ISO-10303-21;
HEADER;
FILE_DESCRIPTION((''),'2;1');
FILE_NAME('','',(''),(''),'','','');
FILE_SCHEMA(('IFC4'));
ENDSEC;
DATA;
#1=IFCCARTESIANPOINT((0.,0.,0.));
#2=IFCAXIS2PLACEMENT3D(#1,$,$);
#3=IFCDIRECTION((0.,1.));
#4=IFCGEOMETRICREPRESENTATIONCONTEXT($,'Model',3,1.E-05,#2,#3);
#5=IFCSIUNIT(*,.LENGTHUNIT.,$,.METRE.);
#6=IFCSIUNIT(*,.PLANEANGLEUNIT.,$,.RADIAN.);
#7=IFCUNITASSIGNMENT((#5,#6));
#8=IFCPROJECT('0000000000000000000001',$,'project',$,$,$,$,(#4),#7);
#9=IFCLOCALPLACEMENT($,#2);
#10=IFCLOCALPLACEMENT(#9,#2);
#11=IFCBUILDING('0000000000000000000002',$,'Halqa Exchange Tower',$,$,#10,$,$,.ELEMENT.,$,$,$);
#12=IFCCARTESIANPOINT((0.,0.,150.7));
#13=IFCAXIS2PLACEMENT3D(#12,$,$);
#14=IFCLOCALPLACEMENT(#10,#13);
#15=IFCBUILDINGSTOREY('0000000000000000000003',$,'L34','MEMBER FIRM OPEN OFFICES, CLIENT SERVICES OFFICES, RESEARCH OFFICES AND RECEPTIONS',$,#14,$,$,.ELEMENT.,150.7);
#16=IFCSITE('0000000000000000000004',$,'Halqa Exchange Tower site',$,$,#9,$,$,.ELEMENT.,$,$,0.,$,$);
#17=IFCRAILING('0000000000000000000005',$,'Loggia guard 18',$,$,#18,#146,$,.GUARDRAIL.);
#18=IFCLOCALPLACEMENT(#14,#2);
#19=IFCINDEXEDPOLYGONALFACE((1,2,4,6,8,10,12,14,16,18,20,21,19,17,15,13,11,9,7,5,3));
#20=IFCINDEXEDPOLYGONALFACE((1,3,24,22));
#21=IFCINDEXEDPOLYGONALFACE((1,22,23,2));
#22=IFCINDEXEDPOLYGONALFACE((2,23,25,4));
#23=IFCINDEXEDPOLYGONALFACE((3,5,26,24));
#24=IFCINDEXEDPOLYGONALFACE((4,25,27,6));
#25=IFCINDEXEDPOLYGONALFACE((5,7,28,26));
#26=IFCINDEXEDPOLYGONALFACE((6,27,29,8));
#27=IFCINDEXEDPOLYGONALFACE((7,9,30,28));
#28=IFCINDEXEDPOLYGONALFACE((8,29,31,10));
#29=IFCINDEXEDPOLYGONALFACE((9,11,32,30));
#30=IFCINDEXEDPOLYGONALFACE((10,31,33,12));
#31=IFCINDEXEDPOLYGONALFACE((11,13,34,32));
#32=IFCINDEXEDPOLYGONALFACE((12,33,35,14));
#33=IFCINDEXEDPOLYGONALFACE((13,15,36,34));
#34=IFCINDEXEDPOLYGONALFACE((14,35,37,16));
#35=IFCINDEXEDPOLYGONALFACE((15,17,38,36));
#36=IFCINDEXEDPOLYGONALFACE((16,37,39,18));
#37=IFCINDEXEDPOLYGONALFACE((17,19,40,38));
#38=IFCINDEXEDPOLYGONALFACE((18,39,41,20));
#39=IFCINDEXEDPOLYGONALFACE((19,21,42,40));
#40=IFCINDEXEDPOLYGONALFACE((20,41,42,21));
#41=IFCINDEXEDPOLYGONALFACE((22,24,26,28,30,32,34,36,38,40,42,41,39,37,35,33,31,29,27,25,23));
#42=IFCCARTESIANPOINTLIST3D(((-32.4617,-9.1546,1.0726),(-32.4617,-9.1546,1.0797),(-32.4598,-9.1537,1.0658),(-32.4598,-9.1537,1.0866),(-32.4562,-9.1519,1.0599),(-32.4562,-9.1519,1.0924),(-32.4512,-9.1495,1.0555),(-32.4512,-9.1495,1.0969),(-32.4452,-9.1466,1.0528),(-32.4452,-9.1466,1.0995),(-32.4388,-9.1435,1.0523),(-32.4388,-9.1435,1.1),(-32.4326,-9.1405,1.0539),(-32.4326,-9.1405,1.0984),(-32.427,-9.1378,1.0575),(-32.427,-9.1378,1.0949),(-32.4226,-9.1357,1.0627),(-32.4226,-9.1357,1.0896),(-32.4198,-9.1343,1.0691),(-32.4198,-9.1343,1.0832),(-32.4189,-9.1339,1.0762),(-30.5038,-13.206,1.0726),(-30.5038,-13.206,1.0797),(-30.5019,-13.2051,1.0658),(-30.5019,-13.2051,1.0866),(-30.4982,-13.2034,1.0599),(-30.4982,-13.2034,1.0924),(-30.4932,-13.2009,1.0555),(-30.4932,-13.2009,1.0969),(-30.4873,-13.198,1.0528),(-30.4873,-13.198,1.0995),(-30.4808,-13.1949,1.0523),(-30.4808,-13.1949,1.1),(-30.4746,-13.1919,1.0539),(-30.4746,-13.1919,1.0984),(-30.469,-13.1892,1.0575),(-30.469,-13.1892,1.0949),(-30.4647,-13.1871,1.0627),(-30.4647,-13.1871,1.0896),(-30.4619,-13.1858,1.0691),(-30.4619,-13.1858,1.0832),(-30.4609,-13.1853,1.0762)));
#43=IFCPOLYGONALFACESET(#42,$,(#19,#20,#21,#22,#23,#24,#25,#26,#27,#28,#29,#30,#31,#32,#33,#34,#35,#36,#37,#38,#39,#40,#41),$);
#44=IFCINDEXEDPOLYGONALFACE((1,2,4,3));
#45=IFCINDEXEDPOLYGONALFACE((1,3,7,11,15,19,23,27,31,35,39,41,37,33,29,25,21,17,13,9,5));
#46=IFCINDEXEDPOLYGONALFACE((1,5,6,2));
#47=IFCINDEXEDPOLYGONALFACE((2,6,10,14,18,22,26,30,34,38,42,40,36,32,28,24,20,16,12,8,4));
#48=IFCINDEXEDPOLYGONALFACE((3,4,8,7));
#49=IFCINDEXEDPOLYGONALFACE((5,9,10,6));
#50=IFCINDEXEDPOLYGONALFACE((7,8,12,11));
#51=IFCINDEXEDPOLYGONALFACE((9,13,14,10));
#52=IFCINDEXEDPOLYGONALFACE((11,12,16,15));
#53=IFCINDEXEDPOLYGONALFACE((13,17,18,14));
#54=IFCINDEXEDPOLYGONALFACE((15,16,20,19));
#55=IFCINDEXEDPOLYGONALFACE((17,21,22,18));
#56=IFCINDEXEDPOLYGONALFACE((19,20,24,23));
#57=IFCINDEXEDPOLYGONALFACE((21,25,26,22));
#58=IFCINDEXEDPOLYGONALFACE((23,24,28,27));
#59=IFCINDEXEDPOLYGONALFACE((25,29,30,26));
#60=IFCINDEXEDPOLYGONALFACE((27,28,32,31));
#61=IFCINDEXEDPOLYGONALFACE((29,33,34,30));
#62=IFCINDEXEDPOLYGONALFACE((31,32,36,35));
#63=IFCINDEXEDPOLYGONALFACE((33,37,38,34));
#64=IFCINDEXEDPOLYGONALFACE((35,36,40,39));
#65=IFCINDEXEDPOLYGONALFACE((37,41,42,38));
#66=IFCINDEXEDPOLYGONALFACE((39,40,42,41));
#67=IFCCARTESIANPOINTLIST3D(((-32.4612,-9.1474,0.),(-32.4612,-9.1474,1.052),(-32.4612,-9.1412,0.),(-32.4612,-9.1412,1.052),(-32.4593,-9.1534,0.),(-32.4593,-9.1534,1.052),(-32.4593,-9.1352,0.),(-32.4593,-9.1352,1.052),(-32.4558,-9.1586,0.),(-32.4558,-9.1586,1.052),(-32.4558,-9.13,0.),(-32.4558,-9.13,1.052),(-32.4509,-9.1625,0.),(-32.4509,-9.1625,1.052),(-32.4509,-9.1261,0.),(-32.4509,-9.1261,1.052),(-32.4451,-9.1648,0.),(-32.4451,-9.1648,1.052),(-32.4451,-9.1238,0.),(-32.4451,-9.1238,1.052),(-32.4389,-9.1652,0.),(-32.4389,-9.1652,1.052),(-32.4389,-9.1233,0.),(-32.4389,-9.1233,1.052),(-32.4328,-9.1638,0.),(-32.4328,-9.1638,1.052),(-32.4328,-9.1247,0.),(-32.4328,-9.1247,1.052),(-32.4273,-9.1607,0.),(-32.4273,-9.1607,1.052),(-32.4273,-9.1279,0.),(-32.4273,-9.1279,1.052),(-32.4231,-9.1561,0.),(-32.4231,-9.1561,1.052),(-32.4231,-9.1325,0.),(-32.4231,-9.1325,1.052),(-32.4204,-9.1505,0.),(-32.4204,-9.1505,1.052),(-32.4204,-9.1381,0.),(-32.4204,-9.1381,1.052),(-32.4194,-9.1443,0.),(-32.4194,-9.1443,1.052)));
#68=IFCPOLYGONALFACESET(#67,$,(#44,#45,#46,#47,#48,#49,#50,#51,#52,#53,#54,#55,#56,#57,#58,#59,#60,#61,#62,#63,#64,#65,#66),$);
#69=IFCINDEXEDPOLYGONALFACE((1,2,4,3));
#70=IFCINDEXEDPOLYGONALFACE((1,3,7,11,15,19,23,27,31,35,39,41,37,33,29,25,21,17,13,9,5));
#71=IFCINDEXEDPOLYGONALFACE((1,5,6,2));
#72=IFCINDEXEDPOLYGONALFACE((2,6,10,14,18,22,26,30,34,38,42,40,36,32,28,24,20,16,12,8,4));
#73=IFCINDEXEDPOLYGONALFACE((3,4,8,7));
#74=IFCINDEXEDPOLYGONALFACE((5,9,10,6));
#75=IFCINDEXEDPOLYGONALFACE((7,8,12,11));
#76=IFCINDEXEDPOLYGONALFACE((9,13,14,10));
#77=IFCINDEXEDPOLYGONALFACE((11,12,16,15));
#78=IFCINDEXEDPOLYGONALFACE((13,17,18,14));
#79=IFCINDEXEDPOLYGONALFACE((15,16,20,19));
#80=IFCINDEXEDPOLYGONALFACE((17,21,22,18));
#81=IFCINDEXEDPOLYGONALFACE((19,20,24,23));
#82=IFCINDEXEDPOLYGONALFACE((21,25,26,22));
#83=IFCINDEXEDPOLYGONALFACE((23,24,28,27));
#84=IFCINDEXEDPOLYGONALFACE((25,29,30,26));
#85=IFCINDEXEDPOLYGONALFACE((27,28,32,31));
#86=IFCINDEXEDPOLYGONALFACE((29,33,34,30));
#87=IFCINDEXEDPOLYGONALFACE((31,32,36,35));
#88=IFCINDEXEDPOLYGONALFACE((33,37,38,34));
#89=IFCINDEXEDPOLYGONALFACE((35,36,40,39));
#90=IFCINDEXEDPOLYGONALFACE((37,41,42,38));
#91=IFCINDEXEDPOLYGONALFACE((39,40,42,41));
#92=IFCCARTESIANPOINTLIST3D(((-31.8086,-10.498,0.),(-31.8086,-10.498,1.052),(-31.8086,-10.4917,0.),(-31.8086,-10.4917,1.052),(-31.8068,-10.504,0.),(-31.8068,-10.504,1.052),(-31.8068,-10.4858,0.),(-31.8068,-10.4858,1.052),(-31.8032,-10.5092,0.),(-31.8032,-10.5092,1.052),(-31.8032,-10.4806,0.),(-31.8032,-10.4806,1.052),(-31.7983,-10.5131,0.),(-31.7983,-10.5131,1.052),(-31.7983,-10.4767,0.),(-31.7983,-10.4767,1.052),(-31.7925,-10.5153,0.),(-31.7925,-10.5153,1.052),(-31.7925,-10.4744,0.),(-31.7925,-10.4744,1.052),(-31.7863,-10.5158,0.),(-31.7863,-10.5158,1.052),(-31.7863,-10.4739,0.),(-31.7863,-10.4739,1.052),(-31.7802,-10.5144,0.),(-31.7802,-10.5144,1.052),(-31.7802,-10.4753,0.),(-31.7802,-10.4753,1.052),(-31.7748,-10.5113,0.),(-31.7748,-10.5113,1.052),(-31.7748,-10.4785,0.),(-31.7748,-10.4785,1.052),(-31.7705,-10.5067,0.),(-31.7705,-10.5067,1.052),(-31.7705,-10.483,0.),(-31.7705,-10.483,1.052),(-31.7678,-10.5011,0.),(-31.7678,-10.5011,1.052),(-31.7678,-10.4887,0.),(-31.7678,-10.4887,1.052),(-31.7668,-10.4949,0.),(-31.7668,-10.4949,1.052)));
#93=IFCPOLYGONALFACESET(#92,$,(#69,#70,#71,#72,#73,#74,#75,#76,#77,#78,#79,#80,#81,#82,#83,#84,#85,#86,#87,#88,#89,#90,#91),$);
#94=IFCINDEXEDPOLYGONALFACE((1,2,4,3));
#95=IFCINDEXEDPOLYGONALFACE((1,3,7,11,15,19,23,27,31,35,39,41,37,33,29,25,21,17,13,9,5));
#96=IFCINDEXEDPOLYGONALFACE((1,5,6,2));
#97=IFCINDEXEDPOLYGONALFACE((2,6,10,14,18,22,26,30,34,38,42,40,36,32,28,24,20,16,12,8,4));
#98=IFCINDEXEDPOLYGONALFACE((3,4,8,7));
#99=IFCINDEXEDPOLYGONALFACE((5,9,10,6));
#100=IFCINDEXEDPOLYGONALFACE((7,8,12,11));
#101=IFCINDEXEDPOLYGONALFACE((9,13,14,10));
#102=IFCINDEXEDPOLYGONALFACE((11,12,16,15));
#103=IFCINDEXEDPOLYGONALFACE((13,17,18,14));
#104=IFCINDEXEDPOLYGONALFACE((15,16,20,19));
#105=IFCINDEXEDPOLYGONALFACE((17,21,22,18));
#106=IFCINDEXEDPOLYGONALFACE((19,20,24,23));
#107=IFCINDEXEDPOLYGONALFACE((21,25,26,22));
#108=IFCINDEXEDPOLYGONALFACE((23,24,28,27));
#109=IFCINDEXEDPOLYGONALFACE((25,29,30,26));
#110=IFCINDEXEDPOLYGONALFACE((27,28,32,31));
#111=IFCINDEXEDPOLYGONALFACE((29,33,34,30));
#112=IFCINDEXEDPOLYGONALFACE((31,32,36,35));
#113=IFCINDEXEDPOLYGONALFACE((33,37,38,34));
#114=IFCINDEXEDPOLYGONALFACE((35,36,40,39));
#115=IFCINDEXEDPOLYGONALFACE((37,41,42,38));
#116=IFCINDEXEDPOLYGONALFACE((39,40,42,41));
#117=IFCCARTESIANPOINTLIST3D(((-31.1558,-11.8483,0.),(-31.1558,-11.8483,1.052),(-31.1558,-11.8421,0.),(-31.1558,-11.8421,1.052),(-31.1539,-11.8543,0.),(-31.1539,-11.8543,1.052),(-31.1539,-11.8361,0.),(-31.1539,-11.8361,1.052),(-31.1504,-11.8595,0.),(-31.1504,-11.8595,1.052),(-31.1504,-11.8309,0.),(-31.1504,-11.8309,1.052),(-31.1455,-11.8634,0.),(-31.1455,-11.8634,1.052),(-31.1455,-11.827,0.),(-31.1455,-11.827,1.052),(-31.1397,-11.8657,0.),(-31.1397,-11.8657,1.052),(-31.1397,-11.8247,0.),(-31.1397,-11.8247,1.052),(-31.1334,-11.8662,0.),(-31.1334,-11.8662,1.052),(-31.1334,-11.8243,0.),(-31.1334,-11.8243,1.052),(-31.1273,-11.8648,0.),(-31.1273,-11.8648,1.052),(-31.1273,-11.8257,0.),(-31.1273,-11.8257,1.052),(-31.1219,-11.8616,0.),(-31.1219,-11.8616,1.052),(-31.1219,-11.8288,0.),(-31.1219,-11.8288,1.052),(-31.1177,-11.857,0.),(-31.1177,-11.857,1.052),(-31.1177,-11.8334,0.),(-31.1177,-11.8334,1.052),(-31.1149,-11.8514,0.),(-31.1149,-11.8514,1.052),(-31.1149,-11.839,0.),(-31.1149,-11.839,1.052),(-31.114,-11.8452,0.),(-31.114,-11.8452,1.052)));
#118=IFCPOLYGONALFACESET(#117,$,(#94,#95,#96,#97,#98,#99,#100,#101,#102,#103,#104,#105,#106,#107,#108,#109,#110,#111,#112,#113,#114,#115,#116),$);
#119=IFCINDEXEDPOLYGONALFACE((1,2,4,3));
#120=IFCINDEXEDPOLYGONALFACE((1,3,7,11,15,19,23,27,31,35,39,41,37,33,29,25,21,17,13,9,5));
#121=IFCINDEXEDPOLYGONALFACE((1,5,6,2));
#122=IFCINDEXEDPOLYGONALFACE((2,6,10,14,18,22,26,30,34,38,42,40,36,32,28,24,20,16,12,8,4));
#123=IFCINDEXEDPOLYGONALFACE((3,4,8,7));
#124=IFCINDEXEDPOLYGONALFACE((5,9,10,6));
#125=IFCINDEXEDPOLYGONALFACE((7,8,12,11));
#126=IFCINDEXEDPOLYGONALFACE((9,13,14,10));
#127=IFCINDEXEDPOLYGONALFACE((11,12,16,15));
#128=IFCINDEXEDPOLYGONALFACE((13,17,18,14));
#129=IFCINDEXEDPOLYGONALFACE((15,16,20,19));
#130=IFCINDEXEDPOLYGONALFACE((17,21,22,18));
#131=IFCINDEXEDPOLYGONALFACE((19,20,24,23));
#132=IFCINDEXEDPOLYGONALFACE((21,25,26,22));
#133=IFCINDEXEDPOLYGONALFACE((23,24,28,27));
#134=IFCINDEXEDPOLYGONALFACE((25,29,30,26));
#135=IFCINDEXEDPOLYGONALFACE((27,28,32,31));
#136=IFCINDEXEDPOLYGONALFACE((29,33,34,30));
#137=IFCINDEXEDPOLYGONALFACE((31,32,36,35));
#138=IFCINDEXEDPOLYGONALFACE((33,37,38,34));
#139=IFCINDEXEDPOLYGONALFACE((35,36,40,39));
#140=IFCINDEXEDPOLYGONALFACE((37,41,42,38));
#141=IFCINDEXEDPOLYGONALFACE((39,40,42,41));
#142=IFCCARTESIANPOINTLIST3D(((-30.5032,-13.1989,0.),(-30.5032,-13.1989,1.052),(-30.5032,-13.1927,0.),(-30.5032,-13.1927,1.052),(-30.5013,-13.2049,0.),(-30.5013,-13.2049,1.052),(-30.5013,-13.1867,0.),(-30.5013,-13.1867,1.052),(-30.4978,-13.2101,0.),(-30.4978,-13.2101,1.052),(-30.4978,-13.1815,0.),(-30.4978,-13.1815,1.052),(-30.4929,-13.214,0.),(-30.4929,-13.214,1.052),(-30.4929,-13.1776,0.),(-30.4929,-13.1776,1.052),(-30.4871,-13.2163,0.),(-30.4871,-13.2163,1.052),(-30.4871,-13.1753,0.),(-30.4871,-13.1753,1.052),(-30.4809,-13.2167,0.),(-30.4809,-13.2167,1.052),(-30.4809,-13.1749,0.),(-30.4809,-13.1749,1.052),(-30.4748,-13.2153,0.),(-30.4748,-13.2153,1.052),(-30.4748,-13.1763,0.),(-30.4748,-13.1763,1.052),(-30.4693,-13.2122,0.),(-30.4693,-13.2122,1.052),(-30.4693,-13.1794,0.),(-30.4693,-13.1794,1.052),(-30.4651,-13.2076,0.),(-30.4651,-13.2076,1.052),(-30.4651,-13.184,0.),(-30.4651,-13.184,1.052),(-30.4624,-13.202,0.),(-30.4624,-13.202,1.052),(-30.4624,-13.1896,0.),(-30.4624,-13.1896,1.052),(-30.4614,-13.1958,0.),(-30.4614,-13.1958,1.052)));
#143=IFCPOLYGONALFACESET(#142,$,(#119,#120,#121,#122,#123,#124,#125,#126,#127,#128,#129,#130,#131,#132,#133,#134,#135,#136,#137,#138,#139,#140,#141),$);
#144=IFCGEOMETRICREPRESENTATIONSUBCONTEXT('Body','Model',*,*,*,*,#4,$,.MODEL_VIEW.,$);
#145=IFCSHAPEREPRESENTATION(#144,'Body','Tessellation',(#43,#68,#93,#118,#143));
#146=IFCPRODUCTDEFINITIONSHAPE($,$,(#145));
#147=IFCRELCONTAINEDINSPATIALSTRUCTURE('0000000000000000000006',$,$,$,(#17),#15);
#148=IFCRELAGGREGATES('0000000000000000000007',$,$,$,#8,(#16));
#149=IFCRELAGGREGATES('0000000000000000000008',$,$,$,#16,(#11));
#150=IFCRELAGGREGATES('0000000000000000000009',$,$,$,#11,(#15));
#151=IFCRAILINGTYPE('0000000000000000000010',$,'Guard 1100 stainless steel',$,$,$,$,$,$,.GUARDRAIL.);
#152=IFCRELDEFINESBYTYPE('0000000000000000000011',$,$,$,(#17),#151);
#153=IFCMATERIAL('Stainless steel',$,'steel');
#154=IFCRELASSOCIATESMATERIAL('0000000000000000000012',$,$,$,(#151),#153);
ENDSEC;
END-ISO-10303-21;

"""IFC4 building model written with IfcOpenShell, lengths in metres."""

from ifc_helpers import new_model, si_unit, direction, frame, origin, origin_2d, place, context, subcontext, project, spatial, circle, extrude, material, type_object, element, save


model = new_model("IFC4")

# Units and contexts
model_context = context("Model", 3, precision=1e-05, world=origin(), true_north=direction((0.0, 1.0)))
body_context = subcontext(model_context, "Body", "Model", "MODEL_VIEW")
ifc_project = project(units=[si_unit("LENGTHUNIT", "METRE"), si_unit("PLANEANGLEUNIT", "RADIAN")], contexts=[model_context])

# Site, building, storey
site_placement = place(None, origin())
site = spatial("IfcSite", under=ifc_project, at=site_placement, Name="Halqa Exchange Tower site", CompositionType="ELEMENT", RefElevation=0.0)
building_placement = place(site_placement, origin())
building = spatial("IfcBuilding", under=site, at=building_placement, Name="Halqa Exchange Tower", CompositionType="ELEMENT")
storey_placement = place(building_placement, frame((0.0, 0.0, 150.7)))
storey = spatial("IfcBuildingStorey", under=building, at=storey_placement, Name="L34", Description="MEMBER FIRM OPEN OFFICES, CLIENT SERVICES OFFICES, RESEARCH OFFICES AND RECEPTIONS", CompositionType="ELEMENT", Elevation=150.7)

# Railing
ifc_material_1 = material(Name="Stainless steel", Category="steel")
railing_type = type_object("IfcRailingType", Name="Guard 1100 stainless steel", PredefinedType="GUARDRAIL", material=ifc_material_1)
railing_1_placement = place(storey_placement, frame((-32.4404, -9.1443, 0.0)))
element("IfcRailing", 1, at=railing_1_placement, inside=storey, type_object=railing_type, Name="Loggia guard 18", PredefinedType="GUARDRAIL", context=body_context, shape_type="SweptSolid", body=[
    extrude(circle(Radius=0.0239, at=origin_2d()), frame((0.0, 0.0, 1.0762), z_axis=(0.435128, -0.900368, 0.0), x_axis=(0.900368, 0.435128, 0.0)), (0.0, 0.0, 1.0), 4.4998),
    extrude(circle(Radius=0.021, at=origin_2d()), origin(), (0.0, 0.0, 1.0), 1.052),
    extrude(circle(Radius=0.021, at=origin_2d()), frame((0.6526, -1.3506, 0.0)), (0.0, 0.0, 1.0), 1.052),
    extrude(circle(Radius=0.021, at=origin_2d()), frame((1.3054, -2.7009, 0.0)), (0.0, 0.0, 1.0), 1.052),
    extrude(circle(Radius=0.021, at=origin_2d()), frame((1.958, -4.0515, 0.0)), (0.0, 0.0, 1.0), 1.052),
])

save(model, "model.ifc")
